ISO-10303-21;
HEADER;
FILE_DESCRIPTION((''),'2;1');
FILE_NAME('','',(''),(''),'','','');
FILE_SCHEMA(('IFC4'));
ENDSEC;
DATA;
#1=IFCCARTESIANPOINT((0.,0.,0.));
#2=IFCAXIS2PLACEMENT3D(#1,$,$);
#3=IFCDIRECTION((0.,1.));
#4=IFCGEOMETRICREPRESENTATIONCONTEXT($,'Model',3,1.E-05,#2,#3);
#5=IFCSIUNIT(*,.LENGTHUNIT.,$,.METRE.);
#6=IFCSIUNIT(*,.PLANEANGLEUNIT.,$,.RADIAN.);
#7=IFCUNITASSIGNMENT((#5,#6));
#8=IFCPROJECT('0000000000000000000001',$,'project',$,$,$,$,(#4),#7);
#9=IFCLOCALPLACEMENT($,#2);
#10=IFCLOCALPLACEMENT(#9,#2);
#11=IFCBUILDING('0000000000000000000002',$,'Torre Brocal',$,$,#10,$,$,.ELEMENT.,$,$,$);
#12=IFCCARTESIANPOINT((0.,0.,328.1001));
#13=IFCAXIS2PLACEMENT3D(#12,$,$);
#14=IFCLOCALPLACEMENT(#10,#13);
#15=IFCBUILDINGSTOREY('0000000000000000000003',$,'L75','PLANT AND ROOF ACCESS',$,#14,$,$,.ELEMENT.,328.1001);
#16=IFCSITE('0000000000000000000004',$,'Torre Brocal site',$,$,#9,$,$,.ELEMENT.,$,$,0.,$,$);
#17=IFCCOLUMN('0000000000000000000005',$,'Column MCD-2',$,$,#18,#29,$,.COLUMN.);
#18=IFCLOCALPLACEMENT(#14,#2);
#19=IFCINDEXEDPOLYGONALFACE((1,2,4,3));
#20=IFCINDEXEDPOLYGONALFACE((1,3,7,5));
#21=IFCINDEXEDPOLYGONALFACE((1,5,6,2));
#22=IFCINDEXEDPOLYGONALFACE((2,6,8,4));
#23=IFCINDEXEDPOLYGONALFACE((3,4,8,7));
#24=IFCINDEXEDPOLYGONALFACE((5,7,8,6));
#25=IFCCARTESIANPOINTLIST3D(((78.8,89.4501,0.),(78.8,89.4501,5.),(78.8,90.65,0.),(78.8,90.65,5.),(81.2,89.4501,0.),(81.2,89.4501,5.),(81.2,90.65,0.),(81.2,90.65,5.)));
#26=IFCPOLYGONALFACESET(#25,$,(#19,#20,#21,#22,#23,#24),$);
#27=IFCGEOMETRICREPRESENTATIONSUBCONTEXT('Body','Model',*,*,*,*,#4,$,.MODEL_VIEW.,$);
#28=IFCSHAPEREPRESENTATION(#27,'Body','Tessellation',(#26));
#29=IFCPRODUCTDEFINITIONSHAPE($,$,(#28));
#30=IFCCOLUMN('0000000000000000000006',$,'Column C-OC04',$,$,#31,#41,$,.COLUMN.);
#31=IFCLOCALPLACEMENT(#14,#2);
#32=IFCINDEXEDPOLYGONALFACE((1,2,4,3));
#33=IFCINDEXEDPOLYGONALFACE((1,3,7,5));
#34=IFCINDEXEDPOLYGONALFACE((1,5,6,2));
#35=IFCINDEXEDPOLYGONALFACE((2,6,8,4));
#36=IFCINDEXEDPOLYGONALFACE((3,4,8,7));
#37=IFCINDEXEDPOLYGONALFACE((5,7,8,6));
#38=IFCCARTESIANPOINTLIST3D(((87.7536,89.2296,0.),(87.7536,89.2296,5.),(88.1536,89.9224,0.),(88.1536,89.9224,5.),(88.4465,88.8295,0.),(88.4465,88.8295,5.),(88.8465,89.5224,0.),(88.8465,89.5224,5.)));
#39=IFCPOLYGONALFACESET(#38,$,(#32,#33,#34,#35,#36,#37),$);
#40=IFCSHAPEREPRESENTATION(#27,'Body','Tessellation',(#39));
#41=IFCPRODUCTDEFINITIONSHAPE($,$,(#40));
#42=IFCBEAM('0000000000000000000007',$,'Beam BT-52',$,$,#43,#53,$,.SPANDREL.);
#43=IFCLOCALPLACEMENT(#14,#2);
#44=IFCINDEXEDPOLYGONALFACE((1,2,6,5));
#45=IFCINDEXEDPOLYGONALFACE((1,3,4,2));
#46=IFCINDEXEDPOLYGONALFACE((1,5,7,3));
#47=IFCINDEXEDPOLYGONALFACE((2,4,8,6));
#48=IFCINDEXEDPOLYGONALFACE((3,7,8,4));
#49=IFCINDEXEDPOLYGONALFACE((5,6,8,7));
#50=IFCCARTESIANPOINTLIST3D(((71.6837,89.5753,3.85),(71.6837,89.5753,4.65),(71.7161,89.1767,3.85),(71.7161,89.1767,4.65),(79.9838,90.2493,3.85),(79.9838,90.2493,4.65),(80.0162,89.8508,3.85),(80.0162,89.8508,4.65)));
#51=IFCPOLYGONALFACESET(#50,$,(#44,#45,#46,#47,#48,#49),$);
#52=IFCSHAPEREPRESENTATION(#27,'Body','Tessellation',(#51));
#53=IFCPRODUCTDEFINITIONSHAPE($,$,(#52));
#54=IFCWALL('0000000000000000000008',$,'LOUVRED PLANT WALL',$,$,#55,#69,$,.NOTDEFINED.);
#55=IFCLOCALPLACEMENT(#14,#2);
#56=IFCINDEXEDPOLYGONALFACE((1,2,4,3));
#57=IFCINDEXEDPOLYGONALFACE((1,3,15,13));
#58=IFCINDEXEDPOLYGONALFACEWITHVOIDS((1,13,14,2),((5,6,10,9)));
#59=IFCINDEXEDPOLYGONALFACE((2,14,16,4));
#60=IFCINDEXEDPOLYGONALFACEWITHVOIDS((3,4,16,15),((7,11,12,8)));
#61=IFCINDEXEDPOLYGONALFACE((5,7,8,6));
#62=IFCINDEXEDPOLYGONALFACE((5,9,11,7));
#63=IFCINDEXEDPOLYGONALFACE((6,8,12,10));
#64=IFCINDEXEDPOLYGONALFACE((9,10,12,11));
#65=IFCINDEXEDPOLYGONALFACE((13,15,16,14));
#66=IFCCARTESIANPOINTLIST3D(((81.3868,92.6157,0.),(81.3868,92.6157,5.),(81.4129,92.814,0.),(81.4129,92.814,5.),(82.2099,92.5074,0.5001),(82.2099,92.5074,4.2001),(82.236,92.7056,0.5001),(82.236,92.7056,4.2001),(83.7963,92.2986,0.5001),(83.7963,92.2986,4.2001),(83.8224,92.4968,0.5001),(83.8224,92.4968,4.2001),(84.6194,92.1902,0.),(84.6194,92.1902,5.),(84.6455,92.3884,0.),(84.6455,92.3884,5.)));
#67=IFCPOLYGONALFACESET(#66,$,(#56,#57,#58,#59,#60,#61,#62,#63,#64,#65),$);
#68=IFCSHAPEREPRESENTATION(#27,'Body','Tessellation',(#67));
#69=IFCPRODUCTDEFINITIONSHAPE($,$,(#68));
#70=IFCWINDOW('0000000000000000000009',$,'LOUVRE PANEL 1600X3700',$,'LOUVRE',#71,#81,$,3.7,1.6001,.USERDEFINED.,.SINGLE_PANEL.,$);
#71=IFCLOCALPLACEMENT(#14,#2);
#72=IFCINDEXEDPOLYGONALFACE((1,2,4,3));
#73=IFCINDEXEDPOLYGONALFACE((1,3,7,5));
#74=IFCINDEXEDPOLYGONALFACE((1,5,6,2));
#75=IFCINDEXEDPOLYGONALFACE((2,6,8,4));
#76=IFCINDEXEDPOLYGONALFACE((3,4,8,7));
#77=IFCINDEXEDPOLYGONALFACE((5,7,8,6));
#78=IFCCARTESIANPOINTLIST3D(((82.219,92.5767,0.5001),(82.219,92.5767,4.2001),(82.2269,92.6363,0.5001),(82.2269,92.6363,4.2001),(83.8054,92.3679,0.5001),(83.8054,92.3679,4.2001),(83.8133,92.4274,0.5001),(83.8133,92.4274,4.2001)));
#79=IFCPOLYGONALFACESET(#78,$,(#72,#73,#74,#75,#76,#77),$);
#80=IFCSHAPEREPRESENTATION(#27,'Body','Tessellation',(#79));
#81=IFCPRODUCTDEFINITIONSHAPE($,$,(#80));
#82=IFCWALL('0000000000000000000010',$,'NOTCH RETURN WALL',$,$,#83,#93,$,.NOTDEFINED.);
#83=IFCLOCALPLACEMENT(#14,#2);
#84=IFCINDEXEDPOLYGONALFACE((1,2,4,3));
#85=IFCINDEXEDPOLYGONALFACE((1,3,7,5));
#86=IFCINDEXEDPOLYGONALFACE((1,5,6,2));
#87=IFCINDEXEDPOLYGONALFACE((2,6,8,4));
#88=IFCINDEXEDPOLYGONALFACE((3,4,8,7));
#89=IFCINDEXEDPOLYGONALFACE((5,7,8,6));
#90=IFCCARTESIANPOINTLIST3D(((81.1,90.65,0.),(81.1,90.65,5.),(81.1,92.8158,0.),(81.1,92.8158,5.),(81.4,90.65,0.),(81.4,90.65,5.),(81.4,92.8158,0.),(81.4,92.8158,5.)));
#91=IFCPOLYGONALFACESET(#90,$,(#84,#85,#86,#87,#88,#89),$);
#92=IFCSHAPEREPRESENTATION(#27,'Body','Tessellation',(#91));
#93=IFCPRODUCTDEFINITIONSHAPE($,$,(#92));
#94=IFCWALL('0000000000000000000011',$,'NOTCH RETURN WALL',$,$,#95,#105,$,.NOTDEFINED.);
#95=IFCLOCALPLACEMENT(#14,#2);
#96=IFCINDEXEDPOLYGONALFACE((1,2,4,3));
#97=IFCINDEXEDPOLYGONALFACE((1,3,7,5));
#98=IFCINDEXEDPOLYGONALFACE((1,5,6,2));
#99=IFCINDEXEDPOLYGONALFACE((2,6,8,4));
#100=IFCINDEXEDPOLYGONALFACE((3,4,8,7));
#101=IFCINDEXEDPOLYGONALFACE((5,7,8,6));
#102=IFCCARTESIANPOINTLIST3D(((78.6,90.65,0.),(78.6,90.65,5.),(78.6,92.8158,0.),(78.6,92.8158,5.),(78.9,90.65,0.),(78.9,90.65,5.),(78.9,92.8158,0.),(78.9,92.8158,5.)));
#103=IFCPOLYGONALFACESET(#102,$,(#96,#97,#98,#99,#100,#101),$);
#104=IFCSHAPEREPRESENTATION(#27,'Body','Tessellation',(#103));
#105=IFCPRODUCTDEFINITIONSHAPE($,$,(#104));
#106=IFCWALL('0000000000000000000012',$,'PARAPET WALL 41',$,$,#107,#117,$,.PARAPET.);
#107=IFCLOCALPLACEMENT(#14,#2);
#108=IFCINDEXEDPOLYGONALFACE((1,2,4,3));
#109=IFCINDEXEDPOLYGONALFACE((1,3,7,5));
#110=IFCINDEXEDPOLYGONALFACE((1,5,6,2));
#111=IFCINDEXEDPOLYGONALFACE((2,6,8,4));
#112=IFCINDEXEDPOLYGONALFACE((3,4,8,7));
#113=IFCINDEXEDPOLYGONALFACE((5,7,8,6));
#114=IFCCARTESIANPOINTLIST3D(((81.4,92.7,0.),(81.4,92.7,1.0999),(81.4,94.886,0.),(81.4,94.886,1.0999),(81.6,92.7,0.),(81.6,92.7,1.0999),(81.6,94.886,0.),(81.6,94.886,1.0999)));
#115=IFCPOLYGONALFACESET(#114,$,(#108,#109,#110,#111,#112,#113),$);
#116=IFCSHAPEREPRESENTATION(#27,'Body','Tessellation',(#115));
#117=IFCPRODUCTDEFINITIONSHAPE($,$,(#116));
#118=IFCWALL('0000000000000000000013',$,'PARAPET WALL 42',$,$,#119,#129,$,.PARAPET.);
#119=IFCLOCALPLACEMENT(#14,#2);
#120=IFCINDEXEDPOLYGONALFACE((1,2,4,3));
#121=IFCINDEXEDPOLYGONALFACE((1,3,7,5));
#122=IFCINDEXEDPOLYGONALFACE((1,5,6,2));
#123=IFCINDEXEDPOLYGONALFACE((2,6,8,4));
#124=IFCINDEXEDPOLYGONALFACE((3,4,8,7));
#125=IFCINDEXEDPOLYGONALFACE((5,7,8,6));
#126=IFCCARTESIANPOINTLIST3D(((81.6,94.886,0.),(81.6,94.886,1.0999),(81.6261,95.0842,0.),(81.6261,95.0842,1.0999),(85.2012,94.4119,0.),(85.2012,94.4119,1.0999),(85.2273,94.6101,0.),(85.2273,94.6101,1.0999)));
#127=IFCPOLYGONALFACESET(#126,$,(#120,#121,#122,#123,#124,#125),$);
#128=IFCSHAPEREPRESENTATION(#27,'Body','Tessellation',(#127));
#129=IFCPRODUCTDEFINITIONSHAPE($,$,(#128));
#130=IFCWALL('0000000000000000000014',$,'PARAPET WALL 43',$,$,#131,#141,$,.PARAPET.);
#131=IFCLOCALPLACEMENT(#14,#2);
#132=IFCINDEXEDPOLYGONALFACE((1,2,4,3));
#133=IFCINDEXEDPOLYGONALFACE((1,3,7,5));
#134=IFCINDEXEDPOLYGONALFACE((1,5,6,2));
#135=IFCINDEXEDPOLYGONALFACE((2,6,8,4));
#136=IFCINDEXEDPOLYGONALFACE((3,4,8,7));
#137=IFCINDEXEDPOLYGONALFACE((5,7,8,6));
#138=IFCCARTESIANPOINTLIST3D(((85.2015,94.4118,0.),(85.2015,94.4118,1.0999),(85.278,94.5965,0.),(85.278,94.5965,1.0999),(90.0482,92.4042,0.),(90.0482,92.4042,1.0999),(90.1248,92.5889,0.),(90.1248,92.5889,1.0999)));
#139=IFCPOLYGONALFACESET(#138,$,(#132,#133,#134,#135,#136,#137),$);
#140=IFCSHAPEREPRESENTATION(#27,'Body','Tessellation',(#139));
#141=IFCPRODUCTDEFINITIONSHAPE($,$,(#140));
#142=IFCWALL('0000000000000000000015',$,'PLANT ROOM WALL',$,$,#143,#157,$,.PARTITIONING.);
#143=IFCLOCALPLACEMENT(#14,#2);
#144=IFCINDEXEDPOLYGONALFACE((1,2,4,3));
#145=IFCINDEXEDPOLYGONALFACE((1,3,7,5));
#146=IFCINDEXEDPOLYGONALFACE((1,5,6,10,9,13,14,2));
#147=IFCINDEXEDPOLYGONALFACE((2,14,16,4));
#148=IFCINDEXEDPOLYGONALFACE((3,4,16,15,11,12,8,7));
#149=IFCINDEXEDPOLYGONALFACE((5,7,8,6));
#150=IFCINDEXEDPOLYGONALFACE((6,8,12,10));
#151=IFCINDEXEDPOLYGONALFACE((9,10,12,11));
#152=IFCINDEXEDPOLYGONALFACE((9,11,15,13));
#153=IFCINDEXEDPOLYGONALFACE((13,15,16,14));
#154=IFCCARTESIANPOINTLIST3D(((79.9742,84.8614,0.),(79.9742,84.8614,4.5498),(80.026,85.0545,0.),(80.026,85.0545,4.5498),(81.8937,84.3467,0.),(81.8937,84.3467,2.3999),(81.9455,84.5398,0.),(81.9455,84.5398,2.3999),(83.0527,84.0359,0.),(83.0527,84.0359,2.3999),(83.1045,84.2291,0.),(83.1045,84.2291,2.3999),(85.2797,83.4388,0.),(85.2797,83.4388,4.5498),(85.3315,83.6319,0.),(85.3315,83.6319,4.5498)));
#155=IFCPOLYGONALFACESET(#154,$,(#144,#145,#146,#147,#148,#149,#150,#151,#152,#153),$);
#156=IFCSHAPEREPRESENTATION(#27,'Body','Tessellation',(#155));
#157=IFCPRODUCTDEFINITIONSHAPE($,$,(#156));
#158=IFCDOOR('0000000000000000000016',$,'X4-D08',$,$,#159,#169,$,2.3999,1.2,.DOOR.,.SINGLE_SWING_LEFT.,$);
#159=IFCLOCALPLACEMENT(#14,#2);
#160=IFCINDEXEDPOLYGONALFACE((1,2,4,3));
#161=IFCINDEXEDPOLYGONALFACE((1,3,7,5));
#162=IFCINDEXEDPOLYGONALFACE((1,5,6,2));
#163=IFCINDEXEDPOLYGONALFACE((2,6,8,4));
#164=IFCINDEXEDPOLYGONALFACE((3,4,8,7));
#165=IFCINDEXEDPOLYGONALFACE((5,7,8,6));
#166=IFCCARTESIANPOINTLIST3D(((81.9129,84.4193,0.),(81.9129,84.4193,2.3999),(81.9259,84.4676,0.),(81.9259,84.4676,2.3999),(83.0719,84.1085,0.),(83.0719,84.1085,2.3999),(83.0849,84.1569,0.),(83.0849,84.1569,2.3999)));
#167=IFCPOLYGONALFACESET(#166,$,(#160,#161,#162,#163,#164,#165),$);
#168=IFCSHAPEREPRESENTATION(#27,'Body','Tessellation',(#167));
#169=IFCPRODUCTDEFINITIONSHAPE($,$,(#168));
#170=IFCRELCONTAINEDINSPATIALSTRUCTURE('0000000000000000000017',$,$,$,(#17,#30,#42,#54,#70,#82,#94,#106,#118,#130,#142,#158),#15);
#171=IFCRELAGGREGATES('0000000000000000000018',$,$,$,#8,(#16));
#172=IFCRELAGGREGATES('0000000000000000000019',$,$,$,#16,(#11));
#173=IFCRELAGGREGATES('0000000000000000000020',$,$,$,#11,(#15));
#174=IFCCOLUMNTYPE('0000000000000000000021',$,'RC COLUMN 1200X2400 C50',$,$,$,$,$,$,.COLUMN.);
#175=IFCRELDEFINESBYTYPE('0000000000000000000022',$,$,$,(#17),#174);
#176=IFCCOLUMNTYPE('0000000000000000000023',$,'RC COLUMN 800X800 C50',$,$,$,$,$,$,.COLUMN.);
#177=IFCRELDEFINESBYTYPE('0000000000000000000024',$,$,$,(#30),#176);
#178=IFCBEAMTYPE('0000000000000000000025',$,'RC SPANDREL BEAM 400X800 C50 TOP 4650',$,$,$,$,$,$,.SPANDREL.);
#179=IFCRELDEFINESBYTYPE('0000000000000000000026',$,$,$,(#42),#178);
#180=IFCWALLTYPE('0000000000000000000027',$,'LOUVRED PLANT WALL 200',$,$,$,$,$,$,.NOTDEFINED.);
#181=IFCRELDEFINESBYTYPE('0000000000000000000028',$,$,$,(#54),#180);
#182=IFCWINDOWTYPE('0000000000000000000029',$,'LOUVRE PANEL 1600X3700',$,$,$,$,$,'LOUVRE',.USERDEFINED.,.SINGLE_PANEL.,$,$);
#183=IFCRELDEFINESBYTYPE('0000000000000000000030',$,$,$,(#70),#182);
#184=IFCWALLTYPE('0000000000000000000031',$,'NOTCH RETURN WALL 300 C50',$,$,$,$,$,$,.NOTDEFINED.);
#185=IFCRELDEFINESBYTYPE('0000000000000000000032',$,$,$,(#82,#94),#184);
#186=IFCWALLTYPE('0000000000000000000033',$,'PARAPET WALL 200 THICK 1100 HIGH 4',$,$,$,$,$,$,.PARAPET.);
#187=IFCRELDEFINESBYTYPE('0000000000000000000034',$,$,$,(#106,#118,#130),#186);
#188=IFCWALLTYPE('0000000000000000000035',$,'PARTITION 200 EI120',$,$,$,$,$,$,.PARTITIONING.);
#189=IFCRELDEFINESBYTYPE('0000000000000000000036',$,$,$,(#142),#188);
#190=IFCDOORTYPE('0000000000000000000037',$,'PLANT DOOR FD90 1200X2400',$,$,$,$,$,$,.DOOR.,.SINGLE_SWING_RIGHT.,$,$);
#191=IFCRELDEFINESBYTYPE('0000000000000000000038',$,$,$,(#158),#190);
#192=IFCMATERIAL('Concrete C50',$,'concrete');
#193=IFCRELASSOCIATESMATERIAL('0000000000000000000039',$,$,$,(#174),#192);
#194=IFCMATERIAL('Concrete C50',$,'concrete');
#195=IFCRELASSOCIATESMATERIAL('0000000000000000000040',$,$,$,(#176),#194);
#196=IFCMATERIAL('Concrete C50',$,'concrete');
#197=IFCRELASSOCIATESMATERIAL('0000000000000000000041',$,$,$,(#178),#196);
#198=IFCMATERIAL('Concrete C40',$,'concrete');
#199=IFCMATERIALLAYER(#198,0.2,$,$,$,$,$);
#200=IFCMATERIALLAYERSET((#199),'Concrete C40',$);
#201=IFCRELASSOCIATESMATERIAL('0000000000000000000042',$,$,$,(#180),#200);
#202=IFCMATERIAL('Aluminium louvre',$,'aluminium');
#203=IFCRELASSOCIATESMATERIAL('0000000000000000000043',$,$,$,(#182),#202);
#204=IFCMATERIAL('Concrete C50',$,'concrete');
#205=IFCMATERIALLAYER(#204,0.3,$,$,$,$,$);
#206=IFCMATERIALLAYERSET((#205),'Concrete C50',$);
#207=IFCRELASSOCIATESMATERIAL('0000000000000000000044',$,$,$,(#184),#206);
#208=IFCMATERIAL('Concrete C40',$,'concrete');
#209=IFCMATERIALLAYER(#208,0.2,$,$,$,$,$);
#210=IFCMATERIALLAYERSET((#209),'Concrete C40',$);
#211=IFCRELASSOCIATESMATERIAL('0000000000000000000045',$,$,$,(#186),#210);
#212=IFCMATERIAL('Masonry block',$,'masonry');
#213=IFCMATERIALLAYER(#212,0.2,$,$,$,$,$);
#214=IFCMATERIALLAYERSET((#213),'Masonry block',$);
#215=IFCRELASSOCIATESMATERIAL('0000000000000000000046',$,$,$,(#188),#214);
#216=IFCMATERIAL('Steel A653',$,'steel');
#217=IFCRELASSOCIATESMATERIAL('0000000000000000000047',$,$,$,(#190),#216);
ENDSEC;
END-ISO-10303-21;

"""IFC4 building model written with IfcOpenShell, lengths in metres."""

from ifc_helpers import new_model, si_unit, direction, frame, frame_2d, origin, origin_2d, place, context, subcontext, project, spatial, rectangle, extrude, material, layer, layer_set, material_profile, profile_set, type_object, element, fill, save


model = new_model("IFC4")

# Units and contexts
model_context = context("Model", 3, precision=1e-05, world=origin(), true_north=direction((0.0, 1.0)))
body_context = subcontext(model_context, "Body", "Model", "MODEL_VIEW")
ifc_project = project(units=[si_unit("LENGTHUNIT", "METRE"), si_unit("PLANEANGLEUNIT", "RADIAN")], contexts=[model_context])

# Site, building, storey
site_placement = place(None, origin())
site = spatial("IfcSite", under=ifc_project, at=site_placement, Name="Torre Brocal site", CompositionType="ELEMENT", RefElevation=0.0)
building_placement = place(site_placement, origin())
building = spatial("IfcBuilding", under=site, at=building_placement, Name="Torre Brocal", CompositionType="ELEMENT")
storey_placement = place(building_placement, frame((0.0, 0.0, 328.1001)))
storey = spatial("IfcBuildingStorey", under=building, at=storey_placement, Name="L75", Description="PLANT AND ROOF ACCESS", CompositionType="ELEMENT", Elevation=328.1001)

# Columns
ifc_material_1 = material(Name="Concrete C50", Category="concrete")
ifc_material_profile_1 = material_profile(ifc_material_1, rectangle(XDim=1.2, YDim=2.3999, at=origin_2d()), Name="RC 1200X2400")
ifc_profile_set_1 = profile_set([ifc_material_profile_1], Name="Concrete C50")
column_type_1 = type_object("IfcColumnType", Name="RC COLUMN 1200X2400 C50", PredefinedType="COLUMN", material=ifc_profile_set_1)
column_1_placement = place(storey_placement, frame((80.0, 90.05, 0.0), z_axis=(0.0, 0.0, 1.0), x_axis=(0.0, 1.0, 0.0)))
element("IfcColumn", 1, at=column_1_placement, inside=storey, type_object=column_type_1, Name="Column MCD-2", PredefinedType="COLUMN", context=body_context, shape_type="SweptSolid", body=[
    extrude(rectangle(XDim=1.2, YDim=2.3999, at=origin_2d()), origin(), (0.0, 0.0, 1.0), 5.0),
])
ifc_material_2 = material(Name="Concrete C50", Category="concrete")
ifc_material_profile_2 = material_profile(ifc_material_2, rectangle(XDim=0.8, YDim=0.8, at=origin_2d()), Name="RC 800X800")
ifc_profile_set_2 = profile_set([ifc_material_profile_2], Name="Concrete C50")
column_type_2 = type_object("IfcColumnType", Name="RC COLUMN 800X800 C50", PredefinedType="COLUMN", material=ifc_profile_set_2)
column_2_placement = place(storey_placement, frame((88.3, 89.376, 0.0), z_axis=(0.0, 0.0, 1.0), x_axis=(0.5, 0.866025, 0.0)))
element("IfcColumn", 2, at=column_2_placement, inside=storey, type_object=column_type_2, Name="Column C-OC04", PredefinedType="COLUMN", context=body_context, shape_type="SweptSolid", body=[
    extrude(rectangle(XDim=0.8, YDim=0.8, at=origin_2d()), origin(), (0.0, 0.0, 1.0), 5.0),
])

# Beam
ifc_material_3 = material(Name="Concrete C50", Category="concrete")
ifc_material_profile_3 = material_profile(ifc_material_3, rectangle(XDim=0.3999, YDim=0.8, at=origin_2d()), Name="RC 400X800")
ifc_profile_set_3 = profile_set([ifc_material_profile_3], Name="Concrete C50")
beam_type = type_object("IfcBeamType", Name="RC SPANDREL BEAM 400X800 C50 TOP 4650", PredefinedType="SPANDREL", material=ifc_profile_set_3)
beam_placement = place(storey_placement, frame((80.0, 90.05, 4.25), z_axis=(-0.996718, -0.080947, 0.0), x_axis=(0.080947, -0.996718, 0.0)))
element("IfcBeam", 3, at=beam_placement, inside=storey, type_object=beam_type, Name="Beam BT-52", PredefinedType="SPANDREL", context=body_context, shape_type="SweptSolid", body=[
    extrude(rectangle(XDim=0.3999, YDim=0.8, at=origin_2d()), origin(), (0.0, 0.0, 1.0), 8.3274),
])

# Wall, opening, window
ifc_material_4 = material(Name="Concrete C40", Category="concrete")
ifc_layer_1 = layer(ifc_material_4, 0.2)
ifc_layer_set_1 = layer_set([ifc_layer_1], Name="Concrete C40")
wall_type_1 = type_object("IfcWallType", Name="LOUVRED PLANT WALL 200", PredefinedType="NOTDEFINED", material=ifc_layer_set_1)
wall_1_placement = place(storey_placement, frame((84.6326, 92.2893, 0.0), z_axis=(0.0, 0.0, 1.0), x_axis=(-0.991447, 0.130511, 0.0)))
wall_1 = element("IfcWall", 4, at=wall_1_placement, inside=storey, type_object=wall_type_1, Name="LOUVRED PLANT WALL", PredefinedType="NOTDEFINED", context=body_context, shape_type="SweptSolid", body=[
    extrude(rectangle(XDim=3.2605, YDim=0.2, at=frame_2d((1.6304, 0.0))), origin(), (0.0, 0.0, 1.0), 5.0),
])
opening_1_placement = place(wall_1_placement, frame((0.8303, 0.0, 0.5)))
opening_1 = element("IfcOpeningElement", 5, at=opening_1_placement, cuts=wall_1, PredefinedType="OPENING", context=body_context, shape_type="SweptSolid", body=[
    extrude(rectangle(XDim=1.6001, YDim=3.7, at=frame_2d((0.8, 1.8501))), frame((0.0, 0.1099, 0.0), z_axis=(0.0, -1.0, 0.0), x_axis=(1.0, 0.0, 0.0)), (0.0, 0.0, 1.0), 0.22),
])
ifc_material_5 = material(Name="Aluminium louvre", Category="aluminium")
window_type = type_object("IfcWindowType", Name="LOUVRE PANEL 1600X3700", ElementType="LOUVRE", PartitioningType="SINGLE_PANEL", PredefinedType="USERDEFINED", material=ifc_material_5)
window_placement = place(opening_1_placement, origin())
window = element("IfcWindow", 6, at=window_placement, inside=storey, type_object=window_type, Name="LOUVRE PANEL 1600X3700", ObjectType="LOUVRE", OverallHeight=3.7, OverallWidth=1.6001, PartitioningType="SINGLE_PANEL", PredefinedType="USERDEFINED", context=body_context, shape_type="SweptSolid", body=[
    extrude(rectangle(XDim=1.6001, YDim=3.7, at=frame_2d((0.8, 1.8501))), frame((0.0, 0.03, 0.0), z_axis=(0.0, -1.0, 0.0), x_axis=(1.0, 0.0, 0.0)), (0.0, 0.0, 1.0), 0.0601),
])
fill(opening_1, window)

# Walls
ifc_material_6 = material(Name="Concrete C50", Category="concrete")
ifc_layer_2 = layer(ifc_material_6, 0.3)
ifc_layer_set_2 = layer_set([ifc_layer_2], Name="Concrete C50")
wall_type_2 = type_object("IfcWallType", Name="NOTCH RETURN WALL 300 C50", PredefinedType="NOTDEFINED", material=ifc_layer_set_2)
for number, where, z_axis, x_axis, name in (
    (7, (81.25, 90.6499, 0.0), (0.0, 0.0, 1.0), (0.0, 1.0, 0.0), "NOTCH RETURN WALL"),
    (8, (78.75, 90.6499, 0.0), (0.0, 0.0, 1.0), (0.0, 1.0, 0.0), "NOTCH RETURN WALL"),
):
    element("IfcWall", number, at=place(storey_placement, frame(where, z_axis=z_axis, x_axis=x_axis)), inside=storey, type_object=wall_type_2, Name=name, PredefinedType="NOTDEFINED", context=body_context, shape_type="SweptSolid", body=[
        extrude(rectangle(XDim=2.1658, YDim=0.3, at=frame_2d((1.083, 0.0))), origin(), (0.0, 0.0, 1.0), 5.0),
    ])
ifc_material_7 = material(Name="Concrete C40", Category="concrete")
ifc_layer_3 = layer(ifc_material_7, 0.2)
ifc_layer_set_3 = layer_set([ifc_layer_3], Name="Concrete C40")
wall_type_3 = type_object("IfcWallType", Name="PARAPET WALL 200 THICK 1100 HIGH 4", PredefinedType="PARAPET", material=ifc_layer_set_3)
wall_2_placement = place(storey_placement, frame((81.5, 92.7, 0.0), z_axis=(0.0, 0.0, 1.0), x_axis=(0.0, 1.0, 0.0)))
element("IfcWall", 9, at=wall_2_placement, inside=storey, type_object=wall_type_3, Name="PARAPET WALL 41", PredefinedType="PARAPET", context=body_context, shape_type="SweptSolid", body=[
    extrude(rectangle(XDim=2.186, YDim=0.2, at=frame_2d((1.093, 0.0))), origin(), (0.0, 0.0, 1.0), 1.0999),
])
wall_3_placement = place(storey_placement, frame((81.613, 94.9851, 0.0), z_axis=(0.0, 0.0, 1.0), x_axis=(0.991445, -0.130526, 0.0)))
element("IfcWall", 10, at=wall_3_placement, inside=storey, type_object=wall_type_3, Name="PARAPET WALL 42", PredefinedType="PARAPET", context=body_context, shape_type="SweptSolid", body=[
    extrude(rectangle(XDim=3.6323, YDim=0.2, at=frame_2d((1.8162, 0.0))), origin(), (0.0, 0.0, 1.0), 1.0999),
])
wall_4_placement = place(storey_placement, frame((85.2397, 94.5042, 0.0), z_axis=(0.0, 0.0, 1.0), x_axis=(0.923879, -0.382685, 0.0)))
element("IfcWall", 11, at=wall_4_placement, inside=storey, type_object=wall_type_3, Name="PARAPET WALL 43", PredefinedType="PARAPET", context=body_context, shape_type="SweptSolid", body=[
    extrude(rectangle(XDim=5.2461, YDim=0.2, at=frame_2d((2.623, 0.0))), origin(), (0.0, 0.0, 1.0), 1.0999),
])

# Wall, opening, door
ifc_material_8 = material(Name="Masonry block", Category="masonry")
ifc_layer_4 = layer(ifc_material_8, 0.2)
ifc_layer_set_4 = layer_set([ifc_layer_4], Name="Masonry block")
wall_type_4 = type_object("IfcWallType", Name="PARTITION 200 EI120", PredefinedType="PARTITIONING", material=ifc_layer_set_4)
wall_5_placement = place(storey_placement, frame((80.0, 84.958, 0.0), z_axis=(0.0, 0.0, 1.0), x_axis=(0.965879, -0.258993, 0.0)))
wall_5 = element("IfcWall", 12, at=wall_5_placement, inside=storey, type_object=wall_type_4, Name="PLANT ROOM WALL", PredefinedType="PARTITIONING", context=body_context, shape_type="SweptSolid", body=[
    extrude(rectangle(XDim=5.4929, YDim=0.2, at=frame_2d((2.7466, 0.0))), origin(), (0.0, 0.0, 1.0), 4.5498),
])
opening_2_placement = place(wall_5_placement, frame((1.9873, 0.0, 0.0)))
opening_2 = element("IfcOpeningElement", 13, at=opening_2_placement, cuts=wall_5, PredefinedType="OPENING", context=body_context, shape_type="SweptSolid", body=[
    extrude(rectangle(XDim=1.2, YDim=2.3999, at=frame_2d((0.6001, 1.2))), frame((0.0, 0.1099, 0.0), z_axis=(0.0, -1.0, 0.0), x_axis=(1.0, 0.0, 0.0)), (0.0, 0.0, 1.0), 0.22),
])
ifc_material_9 = material(Name="Steel A653", Category="steel")
door_type = type_object("IfcDoorType", Name="PLANT DOOR FD90 1200X2400", OperationType="SINGLE_SWING_RIGHT", PredefinedType="DOOR", material=ifc_material_9)
door_1_placement = place(opening_2_placement, frame((1.2, 0.0, 0.0), z_axis=(0.0, 0.0, 1.0), x_axis=(-1.0, 0.0, 0.0)))
door_1 = element("IfcDoor", 14, at=door_1_placement, inside=storey, type_object=door_type, Name="X4-D08", OperationType="SINGLE_SWING_LEFT", OverallHeight=2.3999, OverallWidth=1.2, PredefinedType="DOOR", context=body_context, shape_type="SweptSolid", body=[
    extrude(rectangle(XDim=1.2, YDim=2.3999, at=frame_2d((0.6001, 1.2))), frame((0.0, 0.0249, 0.0), z_axis=(0.0, -1.0, 0.0), x_axis=(1.0, 0.0, 0.0)), (0.0, 0.0, 1.0), 0.05),
])
fill(opening_2, door_1)

save(model, "model.ifc")
